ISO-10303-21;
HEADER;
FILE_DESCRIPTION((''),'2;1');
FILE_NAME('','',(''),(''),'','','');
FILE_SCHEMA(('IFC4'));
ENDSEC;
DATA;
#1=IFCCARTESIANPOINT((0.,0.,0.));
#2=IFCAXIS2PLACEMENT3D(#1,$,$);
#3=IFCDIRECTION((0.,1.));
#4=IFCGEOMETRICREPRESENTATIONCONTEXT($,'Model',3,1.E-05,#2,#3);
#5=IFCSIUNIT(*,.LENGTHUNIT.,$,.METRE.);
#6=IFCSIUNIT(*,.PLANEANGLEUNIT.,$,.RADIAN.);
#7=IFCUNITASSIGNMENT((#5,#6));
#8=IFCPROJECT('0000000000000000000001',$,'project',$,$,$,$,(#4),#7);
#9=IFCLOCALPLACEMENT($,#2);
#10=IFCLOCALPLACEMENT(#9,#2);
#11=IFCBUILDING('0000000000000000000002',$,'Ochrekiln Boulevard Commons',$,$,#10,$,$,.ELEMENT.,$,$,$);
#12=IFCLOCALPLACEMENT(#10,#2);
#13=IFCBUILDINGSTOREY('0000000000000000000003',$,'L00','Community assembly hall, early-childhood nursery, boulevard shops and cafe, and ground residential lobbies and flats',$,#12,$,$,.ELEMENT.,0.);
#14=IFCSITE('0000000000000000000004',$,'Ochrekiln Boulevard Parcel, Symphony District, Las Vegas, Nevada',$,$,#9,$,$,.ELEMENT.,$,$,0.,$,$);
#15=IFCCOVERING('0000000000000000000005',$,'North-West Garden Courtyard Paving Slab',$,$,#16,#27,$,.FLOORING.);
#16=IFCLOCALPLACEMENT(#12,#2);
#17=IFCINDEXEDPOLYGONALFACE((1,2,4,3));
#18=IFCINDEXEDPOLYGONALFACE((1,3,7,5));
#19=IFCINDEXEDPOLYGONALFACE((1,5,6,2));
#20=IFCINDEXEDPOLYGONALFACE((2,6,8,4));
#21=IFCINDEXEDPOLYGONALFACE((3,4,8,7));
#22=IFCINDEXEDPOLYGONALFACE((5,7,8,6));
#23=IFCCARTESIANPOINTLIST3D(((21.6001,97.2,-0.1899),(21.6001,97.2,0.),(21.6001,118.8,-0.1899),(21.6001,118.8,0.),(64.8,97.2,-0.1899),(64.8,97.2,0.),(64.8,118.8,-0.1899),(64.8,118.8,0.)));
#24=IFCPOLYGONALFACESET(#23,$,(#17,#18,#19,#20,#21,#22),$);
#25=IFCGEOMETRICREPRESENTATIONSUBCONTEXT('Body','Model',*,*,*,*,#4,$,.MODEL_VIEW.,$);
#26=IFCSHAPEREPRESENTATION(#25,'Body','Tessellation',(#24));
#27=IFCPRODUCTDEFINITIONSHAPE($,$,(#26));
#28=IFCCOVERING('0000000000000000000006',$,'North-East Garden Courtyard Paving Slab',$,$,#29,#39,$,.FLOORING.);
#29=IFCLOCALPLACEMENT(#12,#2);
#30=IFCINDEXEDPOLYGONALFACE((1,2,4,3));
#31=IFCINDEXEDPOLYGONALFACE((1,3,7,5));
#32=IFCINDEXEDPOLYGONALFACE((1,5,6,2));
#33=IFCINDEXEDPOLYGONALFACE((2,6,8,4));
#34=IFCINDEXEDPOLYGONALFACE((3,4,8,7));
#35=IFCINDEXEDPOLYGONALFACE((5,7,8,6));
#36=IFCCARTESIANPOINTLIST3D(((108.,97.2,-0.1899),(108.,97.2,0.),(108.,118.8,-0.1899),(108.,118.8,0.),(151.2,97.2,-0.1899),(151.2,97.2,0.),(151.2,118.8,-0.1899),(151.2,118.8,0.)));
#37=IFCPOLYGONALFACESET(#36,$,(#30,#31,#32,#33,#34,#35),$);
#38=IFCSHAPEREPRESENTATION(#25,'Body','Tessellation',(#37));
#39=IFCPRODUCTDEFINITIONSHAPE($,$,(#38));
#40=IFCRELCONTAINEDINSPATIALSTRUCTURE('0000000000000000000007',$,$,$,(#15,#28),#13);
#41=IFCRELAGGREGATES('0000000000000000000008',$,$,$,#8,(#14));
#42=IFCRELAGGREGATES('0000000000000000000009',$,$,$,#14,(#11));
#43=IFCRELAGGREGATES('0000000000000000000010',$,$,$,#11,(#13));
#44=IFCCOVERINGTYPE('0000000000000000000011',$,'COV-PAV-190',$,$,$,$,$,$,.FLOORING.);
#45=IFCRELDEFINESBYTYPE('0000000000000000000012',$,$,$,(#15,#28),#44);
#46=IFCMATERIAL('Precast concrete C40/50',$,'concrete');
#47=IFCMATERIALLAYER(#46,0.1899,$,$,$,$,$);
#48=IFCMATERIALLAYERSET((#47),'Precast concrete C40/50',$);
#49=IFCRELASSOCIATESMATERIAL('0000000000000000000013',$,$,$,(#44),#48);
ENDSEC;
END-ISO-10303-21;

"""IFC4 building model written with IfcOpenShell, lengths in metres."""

from ifc_helpers import new_model, si_unit, direction, frame, origin, place, context, subcontext, project, spatial, polyline, outline, extrude, material, layer, layer_set, type_object, element, save


model = new_model("IFC4")

# Units and contexts
model_context = context("Model", 3, precision=1e-05, world=origin(), true_north=direction((0.0, 1.0)))
body_context = subcontext(model_context, "Body", "Model", "MODEL_VIEW")
ifc_project = project(units=[si_unit("LENGTHUNIT", "METRE"), si_unit("PLANEANGLEUNIT", "RADIAN")], contexts=[model_context])

# Site, building, storey
site_placement = place(None, origin())
site = spatial("IfcSite", under=ifc_project, at=site_placement, Name="Ochrekiln Boulevard Parcel, Symphony District, Las Vegas, Nevada", CompositionType="ELEMENT", RefElevation=0.0)
building_placement = place(site_placement, origin())
building = spatial("IfcBuilding", under=site, at=building_placement, Name="Ochrekiln Boulevard Commons", CompositionType="ELEMENT")
storey_placement = place(building_placement, origin())
storey = spatial("IfcBuildingStorey", under=building, at=storey_placement, Name="L00", Description="Community assembly hall, early-childhood nursery, boulevard shops and cafe, and ground residential lobbies and flats", CompositionType="ELEMENT", Elevation=0.0)

# Coverings
ifc_material_1 = material(Name="Precast concrete C40/50", Category="concrete")
ifc_layer_1 = layer(ifc_material_1, 0.1899)
ifc_layer_set_1 = layer_set([ifc_layer_1], Name="Precast concrete C40/50")
covering_type = type_object("IfcCoveringType", Name="COV-PAV-190", PredefinedType="FLOORING", material=ifc_layer_set_1)
covering_1_placement = place(storey_placement, frame((0.0, 0.0, -0.1899)))
element("IfcCovering", 1, at=covering_1_placement, inside=storey, type_object=covering_type, Name="North-West Garden Courtyard Paving Slab", PredefinedType="FLOORING", context=body_context, shape_type="SweptSolid", body=[
    extrude(outline(polyline([(21.6001, 97.2), (64.8, 97.2), (64.8, 118.8), (21.6001, 118.8), (21.6001, 97.2)])), origin(), (0.0, 0.0, 1.0), 0.1899),
])
covering_2_placement = place(storey_placement, frame((0.0, 0.0, -0.1899)))
element("IfcCovering", 2, at=covering_2_placement, inside=storey, type_object=covering_type, Name="North-East Garden Courtyard Paving Slab", PredefinedType="FLOORING", context=body_context, shape_type="SweptSolid", body=[
    extrude(outline(polyline([(108.0, 97.2), (151.2, 97.2), (151.2, 118.8), (108.0, 118.8), (108.0, 97.2)])), origin(), (0.0, 0.0, 1.0), 0.1899),
])

save(model, "model.ifc")
